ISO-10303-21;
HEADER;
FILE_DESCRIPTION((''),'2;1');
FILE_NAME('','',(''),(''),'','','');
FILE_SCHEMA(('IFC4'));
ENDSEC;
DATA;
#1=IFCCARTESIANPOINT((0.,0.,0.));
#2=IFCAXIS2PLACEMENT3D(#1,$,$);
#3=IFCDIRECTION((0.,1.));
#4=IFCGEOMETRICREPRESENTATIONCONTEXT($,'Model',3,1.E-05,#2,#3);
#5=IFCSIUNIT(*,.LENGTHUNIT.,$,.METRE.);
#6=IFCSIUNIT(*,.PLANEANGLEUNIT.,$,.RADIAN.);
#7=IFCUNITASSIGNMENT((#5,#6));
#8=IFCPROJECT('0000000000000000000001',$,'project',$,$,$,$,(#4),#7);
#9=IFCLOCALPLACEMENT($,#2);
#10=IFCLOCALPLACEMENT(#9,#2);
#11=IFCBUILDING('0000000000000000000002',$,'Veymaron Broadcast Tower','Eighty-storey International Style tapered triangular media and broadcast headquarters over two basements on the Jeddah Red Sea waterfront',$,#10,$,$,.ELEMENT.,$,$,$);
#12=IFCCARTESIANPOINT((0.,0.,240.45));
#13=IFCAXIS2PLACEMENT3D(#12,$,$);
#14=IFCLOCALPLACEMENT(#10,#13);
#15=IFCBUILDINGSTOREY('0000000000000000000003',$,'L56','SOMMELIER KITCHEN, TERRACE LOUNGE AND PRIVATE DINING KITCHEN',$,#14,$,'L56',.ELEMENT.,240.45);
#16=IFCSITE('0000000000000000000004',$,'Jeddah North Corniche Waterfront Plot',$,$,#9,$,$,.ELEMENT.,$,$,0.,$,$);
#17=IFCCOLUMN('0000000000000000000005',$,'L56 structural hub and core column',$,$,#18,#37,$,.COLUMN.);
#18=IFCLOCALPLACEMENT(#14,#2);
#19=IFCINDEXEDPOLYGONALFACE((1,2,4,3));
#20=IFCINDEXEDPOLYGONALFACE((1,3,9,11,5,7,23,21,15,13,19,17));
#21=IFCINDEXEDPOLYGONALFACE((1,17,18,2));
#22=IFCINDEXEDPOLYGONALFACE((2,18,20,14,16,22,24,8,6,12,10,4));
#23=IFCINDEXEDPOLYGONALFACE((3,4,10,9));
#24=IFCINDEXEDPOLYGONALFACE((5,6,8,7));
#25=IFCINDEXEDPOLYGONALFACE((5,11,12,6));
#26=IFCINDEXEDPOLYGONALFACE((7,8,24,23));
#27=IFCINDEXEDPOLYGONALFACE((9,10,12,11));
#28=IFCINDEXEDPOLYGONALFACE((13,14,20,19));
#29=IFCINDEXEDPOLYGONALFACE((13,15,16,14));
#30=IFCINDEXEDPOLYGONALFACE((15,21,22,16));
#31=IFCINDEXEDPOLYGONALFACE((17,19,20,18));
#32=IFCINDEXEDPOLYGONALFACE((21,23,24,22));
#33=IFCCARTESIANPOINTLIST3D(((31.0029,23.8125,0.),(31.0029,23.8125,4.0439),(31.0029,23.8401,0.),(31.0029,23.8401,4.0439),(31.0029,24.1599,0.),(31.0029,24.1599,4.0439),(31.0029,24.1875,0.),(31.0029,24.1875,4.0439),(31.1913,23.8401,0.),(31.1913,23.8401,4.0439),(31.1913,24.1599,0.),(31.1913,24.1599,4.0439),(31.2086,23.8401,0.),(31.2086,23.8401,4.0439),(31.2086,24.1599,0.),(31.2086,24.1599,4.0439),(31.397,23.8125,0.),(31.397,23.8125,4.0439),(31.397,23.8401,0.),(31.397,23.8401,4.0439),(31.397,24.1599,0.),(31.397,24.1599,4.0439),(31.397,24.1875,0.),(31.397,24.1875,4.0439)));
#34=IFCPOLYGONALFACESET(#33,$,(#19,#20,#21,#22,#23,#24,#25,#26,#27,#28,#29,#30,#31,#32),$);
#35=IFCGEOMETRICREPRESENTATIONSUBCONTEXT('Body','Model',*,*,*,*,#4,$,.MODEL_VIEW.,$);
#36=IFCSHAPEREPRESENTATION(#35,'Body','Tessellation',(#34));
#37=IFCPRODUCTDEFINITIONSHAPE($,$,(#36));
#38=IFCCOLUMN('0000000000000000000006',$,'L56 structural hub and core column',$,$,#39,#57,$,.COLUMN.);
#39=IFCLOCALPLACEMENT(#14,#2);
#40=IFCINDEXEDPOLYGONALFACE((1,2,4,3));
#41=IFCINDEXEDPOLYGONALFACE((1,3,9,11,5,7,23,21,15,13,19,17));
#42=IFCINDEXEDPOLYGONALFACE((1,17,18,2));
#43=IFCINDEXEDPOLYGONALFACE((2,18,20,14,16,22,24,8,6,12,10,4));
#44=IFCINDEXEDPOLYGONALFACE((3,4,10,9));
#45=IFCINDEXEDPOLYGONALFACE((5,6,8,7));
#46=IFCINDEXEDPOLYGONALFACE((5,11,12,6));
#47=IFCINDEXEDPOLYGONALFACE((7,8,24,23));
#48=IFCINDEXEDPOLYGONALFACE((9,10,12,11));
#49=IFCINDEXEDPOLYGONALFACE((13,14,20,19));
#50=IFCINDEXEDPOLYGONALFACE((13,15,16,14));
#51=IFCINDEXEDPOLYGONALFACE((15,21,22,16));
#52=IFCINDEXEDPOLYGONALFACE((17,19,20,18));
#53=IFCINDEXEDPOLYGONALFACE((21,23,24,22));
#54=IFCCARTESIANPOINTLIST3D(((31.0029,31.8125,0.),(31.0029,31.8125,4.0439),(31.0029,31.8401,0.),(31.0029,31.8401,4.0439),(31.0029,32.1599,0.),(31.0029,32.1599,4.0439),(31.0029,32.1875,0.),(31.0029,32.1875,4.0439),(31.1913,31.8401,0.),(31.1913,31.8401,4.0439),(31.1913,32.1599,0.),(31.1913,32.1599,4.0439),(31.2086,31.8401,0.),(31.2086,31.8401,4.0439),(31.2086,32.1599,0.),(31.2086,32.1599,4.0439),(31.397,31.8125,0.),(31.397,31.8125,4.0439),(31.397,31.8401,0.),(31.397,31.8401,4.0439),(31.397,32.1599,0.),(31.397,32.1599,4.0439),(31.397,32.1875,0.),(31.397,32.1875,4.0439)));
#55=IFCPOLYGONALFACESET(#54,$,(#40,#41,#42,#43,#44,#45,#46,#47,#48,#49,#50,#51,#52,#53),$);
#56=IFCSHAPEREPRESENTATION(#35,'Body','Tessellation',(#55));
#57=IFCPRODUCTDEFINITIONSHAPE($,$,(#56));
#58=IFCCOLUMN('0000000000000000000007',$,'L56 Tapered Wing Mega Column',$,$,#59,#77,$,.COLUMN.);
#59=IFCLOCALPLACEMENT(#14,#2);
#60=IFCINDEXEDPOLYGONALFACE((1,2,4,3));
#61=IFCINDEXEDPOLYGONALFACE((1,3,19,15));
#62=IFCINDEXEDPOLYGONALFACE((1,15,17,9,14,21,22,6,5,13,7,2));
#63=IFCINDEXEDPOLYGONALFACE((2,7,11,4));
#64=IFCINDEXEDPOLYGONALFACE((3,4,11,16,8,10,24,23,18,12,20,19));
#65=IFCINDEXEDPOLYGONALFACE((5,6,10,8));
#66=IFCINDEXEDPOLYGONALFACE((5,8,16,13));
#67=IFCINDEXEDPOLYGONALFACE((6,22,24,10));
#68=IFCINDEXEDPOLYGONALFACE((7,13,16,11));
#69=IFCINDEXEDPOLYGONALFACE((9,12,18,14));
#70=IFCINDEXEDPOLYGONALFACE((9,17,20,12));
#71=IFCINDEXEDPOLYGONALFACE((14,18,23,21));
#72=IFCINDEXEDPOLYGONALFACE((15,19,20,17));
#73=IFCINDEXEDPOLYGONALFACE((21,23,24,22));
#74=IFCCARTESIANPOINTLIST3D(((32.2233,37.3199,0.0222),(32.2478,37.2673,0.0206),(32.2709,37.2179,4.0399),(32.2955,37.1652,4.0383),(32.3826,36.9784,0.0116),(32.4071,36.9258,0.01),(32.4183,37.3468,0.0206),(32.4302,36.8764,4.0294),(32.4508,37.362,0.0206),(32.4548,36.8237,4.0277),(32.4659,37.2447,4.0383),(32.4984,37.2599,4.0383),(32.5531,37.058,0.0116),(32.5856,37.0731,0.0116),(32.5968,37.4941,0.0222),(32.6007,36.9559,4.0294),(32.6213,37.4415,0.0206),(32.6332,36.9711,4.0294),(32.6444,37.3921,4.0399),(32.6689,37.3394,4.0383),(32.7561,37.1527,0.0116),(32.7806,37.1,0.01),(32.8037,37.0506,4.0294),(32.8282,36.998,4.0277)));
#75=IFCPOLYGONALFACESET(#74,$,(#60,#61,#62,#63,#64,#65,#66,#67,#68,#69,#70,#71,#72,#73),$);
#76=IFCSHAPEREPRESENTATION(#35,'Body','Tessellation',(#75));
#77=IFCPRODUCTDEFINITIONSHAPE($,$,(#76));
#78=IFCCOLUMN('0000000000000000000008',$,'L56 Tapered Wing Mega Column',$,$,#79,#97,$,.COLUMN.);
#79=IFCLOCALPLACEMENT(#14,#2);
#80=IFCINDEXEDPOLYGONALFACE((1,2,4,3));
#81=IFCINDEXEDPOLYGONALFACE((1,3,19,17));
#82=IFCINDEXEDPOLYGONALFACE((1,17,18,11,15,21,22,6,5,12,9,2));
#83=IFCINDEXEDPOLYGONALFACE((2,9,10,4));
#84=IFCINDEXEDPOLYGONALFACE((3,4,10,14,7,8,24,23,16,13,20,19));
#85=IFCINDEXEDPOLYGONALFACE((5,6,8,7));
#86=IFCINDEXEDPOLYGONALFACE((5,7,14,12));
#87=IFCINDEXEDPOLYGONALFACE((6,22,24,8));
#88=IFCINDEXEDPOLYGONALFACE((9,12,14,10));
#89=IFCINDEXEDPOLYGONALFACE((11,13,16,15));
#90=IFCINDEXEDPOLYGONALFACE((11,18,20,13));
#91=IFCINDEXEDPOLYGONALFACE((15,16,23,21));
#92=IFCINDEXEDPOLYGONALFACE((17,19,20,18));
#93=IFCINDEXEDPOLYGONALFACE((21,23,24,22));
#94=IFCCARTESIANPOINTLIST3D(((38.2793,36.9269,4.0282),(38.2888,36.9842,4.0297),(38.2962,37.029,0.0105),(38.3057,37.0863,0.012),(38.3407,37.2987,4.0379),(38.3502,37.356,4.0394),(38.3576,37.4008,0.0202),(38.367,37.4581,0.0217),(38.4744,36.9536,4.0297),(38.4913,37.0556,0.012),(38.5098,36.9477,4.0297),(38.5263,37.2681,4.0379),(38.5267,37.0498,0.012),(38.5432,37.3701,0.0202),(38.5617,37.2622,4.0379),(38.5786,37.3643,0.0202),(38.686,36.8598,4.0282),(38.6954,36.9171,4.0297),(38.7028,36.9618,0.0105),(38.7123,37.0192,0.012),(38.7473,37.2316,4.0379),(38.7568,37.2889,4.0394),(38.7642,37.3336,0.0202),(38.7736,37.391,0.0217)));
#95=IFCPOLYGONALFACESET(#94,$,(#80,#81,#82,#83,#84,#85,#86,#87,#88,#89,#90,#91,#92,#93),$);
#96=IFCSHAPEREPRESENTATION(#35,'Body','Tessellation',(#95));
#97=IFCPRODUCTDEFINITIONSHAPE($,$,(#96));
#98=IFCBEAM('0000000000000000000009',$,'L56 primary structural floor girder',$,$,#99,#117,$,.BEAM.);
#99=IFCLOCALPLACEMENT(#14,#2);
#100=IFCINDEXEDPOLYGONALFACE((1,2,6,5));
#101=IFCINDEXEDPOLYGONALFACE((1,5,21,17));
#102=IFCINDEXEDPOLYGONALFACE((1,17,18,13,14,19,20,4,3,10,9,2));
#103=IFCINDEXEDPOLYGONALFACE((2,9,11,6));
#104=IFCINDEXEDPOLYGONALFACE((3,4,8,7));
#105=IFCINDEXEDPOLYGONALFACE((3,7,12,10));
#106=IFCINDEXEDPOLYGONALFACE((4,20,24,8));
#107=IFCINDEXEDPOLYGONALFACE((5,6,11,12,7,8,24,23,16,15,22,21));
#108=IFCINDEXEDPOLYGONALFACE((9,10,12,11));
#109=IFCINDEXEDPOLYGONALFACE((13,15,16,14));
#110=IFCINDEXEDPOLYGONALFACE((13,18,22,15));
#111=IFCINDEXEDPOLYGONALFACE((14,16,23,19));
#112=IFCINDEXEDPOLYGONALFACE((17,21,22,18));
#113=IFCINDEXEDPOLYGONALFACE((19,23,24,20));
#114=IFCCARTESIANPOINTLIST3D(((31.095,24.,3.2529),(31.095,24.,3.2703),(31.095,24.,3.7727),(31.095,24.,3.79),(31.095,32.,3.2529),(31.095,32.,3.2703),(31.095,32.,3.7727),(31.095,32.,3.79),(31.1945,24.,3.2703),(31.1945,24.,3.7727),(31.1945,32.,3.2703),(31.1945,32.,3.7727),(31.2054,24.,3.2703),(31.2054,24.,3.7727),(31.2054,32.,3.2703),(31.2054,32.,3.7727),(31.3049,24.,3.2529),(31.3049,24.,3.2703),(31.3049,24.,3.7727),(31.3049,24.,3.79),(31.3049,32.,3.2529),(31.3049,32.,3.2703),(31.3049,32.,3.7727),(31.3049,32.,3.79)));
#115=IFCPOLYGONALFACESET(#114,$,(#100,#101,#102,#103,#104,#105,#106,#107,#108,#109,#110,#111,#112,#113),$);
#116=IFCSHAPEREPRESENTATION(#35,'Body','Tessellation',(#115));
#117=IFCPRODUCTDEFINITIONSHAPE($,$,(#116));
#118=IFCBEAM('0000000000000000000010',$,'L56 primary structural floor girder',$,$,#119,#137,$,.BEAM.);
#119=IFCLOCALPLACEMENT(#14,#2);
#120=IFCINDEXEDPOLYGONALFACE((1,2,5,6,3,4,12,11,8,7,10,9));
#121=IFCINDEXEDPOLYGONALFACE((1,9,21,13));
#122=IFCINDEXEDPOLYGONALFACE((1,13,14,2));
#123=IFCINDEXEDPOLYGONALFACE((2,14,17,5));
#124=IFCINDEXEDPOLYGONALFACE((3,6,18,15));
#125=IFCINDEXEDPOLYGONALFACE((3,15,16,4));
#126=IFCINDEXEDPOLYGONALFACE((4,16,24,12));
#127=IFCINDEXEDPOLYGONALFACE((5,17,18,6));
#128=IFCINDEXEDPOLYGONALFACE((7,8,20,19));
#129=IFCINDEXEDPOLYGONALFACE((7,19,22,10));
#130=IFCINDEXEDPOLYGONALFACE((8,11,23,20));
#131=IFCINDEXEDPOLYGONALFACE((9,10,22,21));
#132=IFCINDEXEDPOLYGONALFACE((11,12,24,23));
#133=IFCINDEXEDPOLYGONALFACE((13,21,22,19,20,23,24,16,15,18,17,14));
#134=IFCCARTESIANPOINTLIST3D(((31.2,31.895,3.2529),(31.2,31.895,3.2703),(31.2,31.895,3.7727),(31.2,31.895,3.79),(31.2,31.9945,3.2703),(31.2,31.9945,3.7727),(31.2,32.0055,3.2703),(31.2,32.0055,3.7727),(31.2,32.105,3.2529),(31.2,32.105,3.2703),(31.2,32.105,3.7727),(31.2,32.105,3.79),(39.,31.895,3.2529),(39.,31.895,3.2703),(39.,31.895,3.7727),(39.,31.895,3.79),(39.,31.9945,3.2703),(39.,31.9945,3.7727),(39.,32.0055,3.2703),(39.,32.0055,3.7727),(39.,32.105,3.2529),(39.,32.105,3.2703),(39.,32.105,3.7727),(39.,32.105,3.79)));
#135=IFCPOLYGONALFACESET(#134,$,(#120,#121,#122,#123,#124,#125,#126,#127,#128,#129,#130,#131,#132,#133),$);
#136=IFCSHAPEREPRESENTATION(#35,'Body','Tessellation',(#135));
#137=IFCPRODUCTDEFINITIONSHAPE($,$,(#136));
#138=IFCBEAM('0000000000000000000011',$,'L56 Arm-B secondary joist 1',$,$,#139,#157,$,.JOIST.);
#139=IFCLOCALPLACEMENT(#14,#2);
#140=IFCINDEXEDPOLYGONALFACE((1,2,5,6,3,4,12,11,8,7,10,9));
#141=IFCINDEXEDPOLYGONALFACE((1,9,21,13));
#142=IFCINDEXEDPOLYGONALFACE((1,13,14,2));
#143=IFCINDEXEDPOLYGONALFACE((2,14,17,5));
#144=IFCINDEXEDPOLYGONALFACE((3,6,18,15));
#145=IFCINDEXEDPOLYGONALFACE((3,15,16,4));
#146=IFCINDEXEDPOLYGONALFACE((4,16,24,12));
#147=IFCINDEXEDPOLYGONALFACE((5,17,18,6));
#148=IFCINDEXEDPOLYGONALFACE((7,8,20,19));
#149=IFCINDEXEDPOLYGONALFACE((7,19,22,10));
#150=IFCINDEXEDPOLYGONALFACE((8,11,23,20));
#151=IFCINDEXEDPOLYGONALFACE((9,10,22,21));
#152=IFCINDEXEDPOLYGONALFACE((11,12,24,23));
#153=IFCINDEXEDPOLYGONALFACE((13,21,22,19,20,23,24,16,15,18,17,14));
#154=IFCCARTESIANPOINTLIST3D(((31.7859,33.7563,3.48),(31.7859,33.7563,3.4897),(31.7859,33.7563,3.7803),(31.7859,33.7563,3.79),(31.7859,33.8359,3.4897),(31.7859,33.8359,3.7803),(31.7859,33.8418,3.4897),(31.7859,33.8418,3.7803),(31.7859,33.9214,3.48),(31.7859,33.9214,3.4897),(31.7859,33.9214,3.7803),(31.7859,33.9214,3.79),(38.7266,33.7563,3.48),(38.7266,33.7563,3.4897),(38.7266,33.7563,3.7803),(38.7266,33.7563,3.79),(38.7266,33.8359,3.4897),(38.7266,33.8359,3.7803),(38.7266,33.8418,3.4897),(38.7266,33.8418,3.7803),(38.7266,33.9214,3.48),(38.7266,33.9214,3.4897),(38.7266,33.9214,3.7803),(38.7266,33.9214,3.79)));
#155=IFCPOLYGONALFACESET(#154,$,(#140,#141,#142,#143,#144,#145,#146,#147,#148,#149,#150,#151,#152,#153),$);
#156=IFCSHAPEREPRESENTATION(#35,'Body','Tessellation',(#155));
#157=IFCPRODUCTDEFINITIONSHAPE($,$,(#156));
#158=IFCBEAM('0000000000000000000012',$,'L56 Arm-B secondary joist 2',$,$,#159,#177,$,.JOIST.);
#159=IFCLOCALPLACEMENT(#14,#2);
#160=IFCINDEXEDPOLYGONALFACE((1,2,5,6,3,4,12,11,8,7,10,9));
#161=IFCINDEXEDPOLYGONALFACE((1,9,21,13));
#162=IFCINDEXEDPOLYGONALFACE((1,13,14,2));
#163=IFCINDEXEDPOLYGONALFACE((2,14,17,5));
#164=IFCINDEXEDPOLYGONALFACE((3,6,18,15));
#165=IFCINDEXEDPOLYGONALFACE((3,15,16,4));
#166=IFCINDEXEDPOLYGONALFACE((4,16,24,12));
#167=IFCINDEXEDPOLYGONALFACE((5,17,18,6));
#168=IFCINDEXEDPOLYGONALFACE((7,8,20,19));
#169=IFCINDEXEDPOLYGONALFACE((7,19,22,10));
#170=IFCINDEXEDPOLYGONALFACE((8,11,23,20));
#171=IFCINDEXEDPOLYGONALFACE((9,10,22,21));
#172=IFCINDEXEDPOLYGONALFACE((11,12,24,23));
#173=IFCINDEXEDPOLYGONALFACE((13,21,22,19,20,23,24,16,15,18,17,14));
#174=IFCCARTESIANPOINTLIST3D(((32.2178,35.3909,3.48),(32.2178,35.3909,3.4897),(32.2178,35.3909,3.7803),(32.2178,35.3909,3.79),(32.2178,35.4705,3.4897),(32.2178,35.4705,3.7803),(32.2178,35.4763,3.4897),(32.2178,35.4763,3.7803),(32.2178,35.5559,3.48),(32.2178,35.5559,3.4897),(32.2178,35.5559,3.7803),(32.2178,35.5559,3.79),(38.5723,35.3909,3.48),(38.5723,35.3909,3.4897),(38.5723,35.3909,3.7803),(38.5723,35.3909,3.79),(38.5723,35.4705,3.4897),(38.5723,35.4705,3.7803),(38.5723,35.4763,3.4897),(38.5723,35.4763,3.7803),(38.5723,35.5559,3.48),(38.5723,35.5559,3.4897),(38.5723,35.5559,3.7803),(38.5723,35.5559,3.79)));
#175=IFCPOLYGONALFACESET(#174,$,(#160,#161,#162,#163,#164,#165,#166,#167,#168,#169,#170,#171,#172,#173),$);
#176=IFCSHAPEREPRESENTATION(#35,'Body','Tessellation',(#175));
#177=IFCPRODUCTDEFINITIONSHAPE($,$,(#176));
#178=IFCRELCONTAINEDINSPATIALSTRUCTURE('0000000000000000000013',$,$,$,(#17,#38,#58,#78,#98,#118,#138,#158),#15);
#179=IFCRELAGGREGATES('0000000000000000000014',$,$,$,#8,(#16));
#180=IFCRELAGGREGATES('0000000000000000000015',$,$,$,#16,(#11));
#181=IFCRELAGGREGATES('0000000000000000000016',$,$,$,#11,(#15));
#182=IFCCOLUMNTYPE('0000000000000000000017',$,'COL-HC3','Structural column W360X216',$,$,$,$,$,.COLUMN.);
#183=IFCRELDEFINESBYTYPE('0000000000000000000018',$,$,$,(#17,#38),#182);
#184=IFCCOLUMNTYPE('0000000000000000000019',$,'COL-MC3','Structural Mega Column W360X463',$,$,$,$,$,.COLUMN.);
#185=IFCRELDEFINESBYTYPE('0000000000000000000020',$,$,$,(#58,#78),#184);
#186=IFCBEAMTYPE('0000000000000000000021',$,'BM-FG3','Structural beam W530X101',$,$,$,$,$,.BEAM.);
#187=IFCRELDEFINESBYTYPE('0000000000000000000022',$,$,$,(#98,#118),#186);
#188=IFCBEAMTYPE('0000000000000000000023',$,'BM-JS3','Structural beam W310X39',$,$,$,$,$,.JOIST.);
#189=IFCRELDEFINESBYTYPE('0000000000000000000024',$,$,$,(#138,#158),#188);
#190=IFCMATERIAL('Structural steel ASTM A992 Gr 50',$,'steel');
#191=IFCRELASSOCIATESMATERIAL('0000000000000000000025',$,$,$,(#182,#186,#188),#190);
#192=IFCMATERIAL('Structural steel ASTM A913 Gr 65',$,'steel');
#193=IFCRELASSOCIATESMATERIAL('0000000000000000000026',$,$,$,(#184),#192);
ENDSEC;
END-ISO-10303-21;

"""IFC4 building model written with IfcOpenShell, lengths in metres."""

from ifc_helpers import new_model, si_unit, direction, frame, origin, origin_2d, place, context, subcontext, project, spatial, i_section, extrude, material, material_profile, profile_set, type_object, element, save


model = new_model("IFC4")

# Units and contexts
model_context = context("Model", 3, precision=1e-05, world=origin(), true_north=direction((0.0, 1.0)))
body_context = subcontext(model_context, "Body", "Model", "MODEL_VIEW")
ifc_project = project(units=[si_unit("LENGTHUNIT", "METRE"), si_unit("PLANEANGLEUNIT", "RADIAN")], contexts=[model_context])

# Site, building, storey
site_placement = place(None, origin())
site = spatial("IfcSite", under=ifc_project, at=site_placement, Name="Jeddah North Corniche Waterfront Plot", CompositionType="ELEMENT", RefElevation=0.0)
building_placement = place(site_placement, origin())
building = spatial("IfcBuilding", under=site, at=building_placement, Name="Veymaron Broadcast Tower", Description="Eighty-storey International Style tapered triangular media and broadcast headquarters over two basements on the Jeddah Red Sea waterfront", CompositionType="ELEMENT")
storey_placement = place(building_placement, frame((0.0, 0.0, 240.45)))
storey = spatial("IfcBuildingStorey", under=building, at=storey_placement, Name="L56", Description="SOMMELIER KITCHEN, TERRACE LOUNGE AND PRIVATE DINING KITCHEN", LongName="L56", CompositionType="ELEMENT", Elevation=240.45)

# Columns
ifc_material_1 = material(Name="Structural steel ASTM A992 Gr 50", Category="steel")
ifc_material_profile_1 = material_profile(ifc_material_1, i_section(OverallWidth=0.394, OverallDepth=0.375, WebThickness=0.0173, FlangeThickness=0.0276, at=origin_2d()), Name="W360X216")
ifc_profile_set_1 = profile_set([ifc_material_profile_1], Name="Structural steel ASTM A992 Gr 50")
column_type_1 = type_object("IfcColumnType", Name="COL-HC3", Description="Structural column W360X216", PredefinedType="COLUMN", material=ifc_profile_set_1)
for number, where, z_axis, x_axis, name in (
    (1, (31.2, 24.0, 0.0), (0.0, 0.0, 1.0), (1.0, 0.0, 0.0), "L56 structural hub and core column"),
    (2, (31.2, 32.0, 0.0), (0.0, 0.0, 1.0), (1.0, 0.0, 0.0), "L56 structural hub and core column"),
):
    element("IfcColumn", number, at=place(storey_placement, frame(where, z_axis=z_axis, x_axis=x_axis)), inside=storey, type_object=column_type_1, Name=name, PredefinedType="COLUMN", context=body_context, shape_type="SweptSolid", body=[
        extrude(i_section(OverallWidth=0.394, OverallDepth=0.375, WebThickness=0.0173, FlangeThickness=0.0276, at=origin_2d()), origin(), (0.0, 0.0, 1.0), 4.0439),
    ])
ifc_material_2 = material(Name="Structural steel ASTM A913 Gr 65", Category="steel")
ifc_material_profile_2 = material_profile(ifc_material_2, i_section(OverallWidth=0.4121, OverallDepth=0.4351, WebThickness=0.0359, FlangeThickness=0.0581, at=origin_2d()), Name="W360X463")
ifc_profile_set_2 = profile_set([ifc_material_profile_2], Name="Structural steel ASTM A913 Gr 65")
column_type_2 = type_object("IfcColumnType", Name="COL-MC3", Description="Structural Mega Column W360X463", PredefinedType="COLUMN", material=ifc_profile_set_2)
column_1_placement = place(storey_placement, frame((32.502, 37.21, 0.0161), z_axis=(0.011844, -0.02539, 0.999607), x_axis=(0.906239, 0.422767, 0.0)))
element("IfcColumn", 3, at=column_1_placement, inside=storey, type_object=column_type_2, Name="L56 Tapered Wing Mega Column", PredefinedType="COLUMN", context=body_context, shape_type="SweptSolid", body=[
    extrude(i_section(OverallWidth=0.4121, OverallDepth=0.4351, WebThickness=0.0359, FlangeThickness=0.0581, at=origin_2d()), origin(), (0.0, 0.0, 1.0), 4.0193),
])
column_2_placement = place(storey_placement, frame((38.5349, 37.21, 0.0161), z_axis=(-0.004191, -0.025391, 0.999669), x_axis=(0.986648, -0.162868, 0.0)))
element("IfcColumn", 4, at=column_2_placement, inside=storey, type_object=column_type_2, Name="L56 Tapered Wing Mega Column", PredefinedType="COLUMN", context=body_context, shape_type="SweptSolid", body=[
    extrude(i_section(OverallWidth=0.4121, OverallDepth=0.4351, WebThickness=0.0359, FlangeThickness=0.0581, at=origin_2d()), origin(), (0.0, 0.0, 1.0), 4.019),
])

# Beams
ifc_material_profile_3 = material_profile(ifc_material_1, i_section(OverallWidth=0.21, OverallDepth=0.5371, WebThickness=0.011, FlangeThickness=0.0173, at=origin_2d()), Name="W530X101")
ifc_profile_set_3 = profile_set([ifc_material_profile_3], Name="Structural steel ASTM A992 Gr 50")
beam_type_1 = type_object("IfcBeamType", Name="BM-FG3", Description="Structural beam W530X101", PredefinedType="BEAM", material=ifc_profile_set_3)
beam_1_placement = place(storey_placement, frame((31.2, 24.0, 3.5215), z_axis=(0.0, 1.0, 0.0), x_axis=(-1.0, 0.0, 0.0)))
element("IfcBeam", 5, at=beam_1_placement, inside=storey, type_object=beam_type_1, Name="L56 primary structural floor girder", PredefinedType="BEAM", context=body_context, shape_type="SweptSolid", body=[
    extrude(i_section(OverallWidth=0.21, OverallDepth=0.5371, WebThickness=0.011, FlangeThickness=0.0173, at=origin_2d()), origin(), (0.0, 0.0, 1.0), 8.0),
])
beam_2_placement = place(storey_placement, frame((31.2, 32.0, 3.5215), z_axis=(1.0, 0.0, 0.0), x_axis=(0.0, 1.0, 0.0)))
element("IfcBeam", 6, at=beam_2_placement, inside=storey, type_object=beam_type_1, Name="L56 primary structural floor girder", PredefinedType="BEAM", context=body_context, shape_type="SweptSolid", body=[
    extrude(i_section(OverallWidth=0.21, OverallDepth=0.5371, WebThickness=0.011, FlangeThickness=0.0173, at=origin_2d()), origin(), (0.0, 0.0, 1.0), 7.8),
])
ifc_material_profile_4 = material_profile(ifc_material_1, i_section(OverallWidth=0.165, OverallDepth=0.3101, WebThickness=0.0059, FlangeThickness=0.0098, at=origin_2d()), Name="W310X39")
ifc_profile_set_4 = profile_set([ifc_material_profile_4], Name="Structural steel ASTM A992 Gr 50")
beam_type_2 = type_object("IfcBeamType", Name="BM-JS3", Description="Structural beam W310X39", PredefinedType="JOIST", material=ifc_profile_set_4)
beam_3_placement = place(storey_placement, frame((31.7859, 33.8389, 3.635), z_axis=(1.0, 0.0, 0.0), x_axis=(0.0, 1.0, 0.0)))
element("IfcBeam", 7, at=beam_3_placement, inside=storey, type_object=beam_type_2, Name="L56 Arm-B secondary joist 1", PredefinedType="JOIST", context=body_context, shape_type="SweptSolid", body=[
    extrude(i_section(OverallWidth=0.165, OverallDepth=0.3101, WebThickness=0.0059, FlangeThickness=0.0098, at=origin_2d()), origin(), (0.0, 0.0, 1.0), 6.9407),
])
beam_4_placement = place(storey_placement, frame((32.2178, 35.4734, 3.635), z_axis=(1.0, 0.0, 0.0), x_axis=(0.0, 1.0, 0.0)))
element("IfcBeam", 8, at=beam_4_placement, inside=storey, type_object=beam_type_2, Name="L56 Arm-B secondary joist 2", PredefinedType="JOIST", context=body_context, shape_type="SweptSolid", body=[
    extrude(i_section(OverallWidth=0.165, OverallDepth=0.3101, WebThickness=0.0059, FlangeThickness=0.0098, at=origin_2d()), origin(), (0.0, 0.0, 1.0), 6.3545),
])

save(model, "model.ifc")
